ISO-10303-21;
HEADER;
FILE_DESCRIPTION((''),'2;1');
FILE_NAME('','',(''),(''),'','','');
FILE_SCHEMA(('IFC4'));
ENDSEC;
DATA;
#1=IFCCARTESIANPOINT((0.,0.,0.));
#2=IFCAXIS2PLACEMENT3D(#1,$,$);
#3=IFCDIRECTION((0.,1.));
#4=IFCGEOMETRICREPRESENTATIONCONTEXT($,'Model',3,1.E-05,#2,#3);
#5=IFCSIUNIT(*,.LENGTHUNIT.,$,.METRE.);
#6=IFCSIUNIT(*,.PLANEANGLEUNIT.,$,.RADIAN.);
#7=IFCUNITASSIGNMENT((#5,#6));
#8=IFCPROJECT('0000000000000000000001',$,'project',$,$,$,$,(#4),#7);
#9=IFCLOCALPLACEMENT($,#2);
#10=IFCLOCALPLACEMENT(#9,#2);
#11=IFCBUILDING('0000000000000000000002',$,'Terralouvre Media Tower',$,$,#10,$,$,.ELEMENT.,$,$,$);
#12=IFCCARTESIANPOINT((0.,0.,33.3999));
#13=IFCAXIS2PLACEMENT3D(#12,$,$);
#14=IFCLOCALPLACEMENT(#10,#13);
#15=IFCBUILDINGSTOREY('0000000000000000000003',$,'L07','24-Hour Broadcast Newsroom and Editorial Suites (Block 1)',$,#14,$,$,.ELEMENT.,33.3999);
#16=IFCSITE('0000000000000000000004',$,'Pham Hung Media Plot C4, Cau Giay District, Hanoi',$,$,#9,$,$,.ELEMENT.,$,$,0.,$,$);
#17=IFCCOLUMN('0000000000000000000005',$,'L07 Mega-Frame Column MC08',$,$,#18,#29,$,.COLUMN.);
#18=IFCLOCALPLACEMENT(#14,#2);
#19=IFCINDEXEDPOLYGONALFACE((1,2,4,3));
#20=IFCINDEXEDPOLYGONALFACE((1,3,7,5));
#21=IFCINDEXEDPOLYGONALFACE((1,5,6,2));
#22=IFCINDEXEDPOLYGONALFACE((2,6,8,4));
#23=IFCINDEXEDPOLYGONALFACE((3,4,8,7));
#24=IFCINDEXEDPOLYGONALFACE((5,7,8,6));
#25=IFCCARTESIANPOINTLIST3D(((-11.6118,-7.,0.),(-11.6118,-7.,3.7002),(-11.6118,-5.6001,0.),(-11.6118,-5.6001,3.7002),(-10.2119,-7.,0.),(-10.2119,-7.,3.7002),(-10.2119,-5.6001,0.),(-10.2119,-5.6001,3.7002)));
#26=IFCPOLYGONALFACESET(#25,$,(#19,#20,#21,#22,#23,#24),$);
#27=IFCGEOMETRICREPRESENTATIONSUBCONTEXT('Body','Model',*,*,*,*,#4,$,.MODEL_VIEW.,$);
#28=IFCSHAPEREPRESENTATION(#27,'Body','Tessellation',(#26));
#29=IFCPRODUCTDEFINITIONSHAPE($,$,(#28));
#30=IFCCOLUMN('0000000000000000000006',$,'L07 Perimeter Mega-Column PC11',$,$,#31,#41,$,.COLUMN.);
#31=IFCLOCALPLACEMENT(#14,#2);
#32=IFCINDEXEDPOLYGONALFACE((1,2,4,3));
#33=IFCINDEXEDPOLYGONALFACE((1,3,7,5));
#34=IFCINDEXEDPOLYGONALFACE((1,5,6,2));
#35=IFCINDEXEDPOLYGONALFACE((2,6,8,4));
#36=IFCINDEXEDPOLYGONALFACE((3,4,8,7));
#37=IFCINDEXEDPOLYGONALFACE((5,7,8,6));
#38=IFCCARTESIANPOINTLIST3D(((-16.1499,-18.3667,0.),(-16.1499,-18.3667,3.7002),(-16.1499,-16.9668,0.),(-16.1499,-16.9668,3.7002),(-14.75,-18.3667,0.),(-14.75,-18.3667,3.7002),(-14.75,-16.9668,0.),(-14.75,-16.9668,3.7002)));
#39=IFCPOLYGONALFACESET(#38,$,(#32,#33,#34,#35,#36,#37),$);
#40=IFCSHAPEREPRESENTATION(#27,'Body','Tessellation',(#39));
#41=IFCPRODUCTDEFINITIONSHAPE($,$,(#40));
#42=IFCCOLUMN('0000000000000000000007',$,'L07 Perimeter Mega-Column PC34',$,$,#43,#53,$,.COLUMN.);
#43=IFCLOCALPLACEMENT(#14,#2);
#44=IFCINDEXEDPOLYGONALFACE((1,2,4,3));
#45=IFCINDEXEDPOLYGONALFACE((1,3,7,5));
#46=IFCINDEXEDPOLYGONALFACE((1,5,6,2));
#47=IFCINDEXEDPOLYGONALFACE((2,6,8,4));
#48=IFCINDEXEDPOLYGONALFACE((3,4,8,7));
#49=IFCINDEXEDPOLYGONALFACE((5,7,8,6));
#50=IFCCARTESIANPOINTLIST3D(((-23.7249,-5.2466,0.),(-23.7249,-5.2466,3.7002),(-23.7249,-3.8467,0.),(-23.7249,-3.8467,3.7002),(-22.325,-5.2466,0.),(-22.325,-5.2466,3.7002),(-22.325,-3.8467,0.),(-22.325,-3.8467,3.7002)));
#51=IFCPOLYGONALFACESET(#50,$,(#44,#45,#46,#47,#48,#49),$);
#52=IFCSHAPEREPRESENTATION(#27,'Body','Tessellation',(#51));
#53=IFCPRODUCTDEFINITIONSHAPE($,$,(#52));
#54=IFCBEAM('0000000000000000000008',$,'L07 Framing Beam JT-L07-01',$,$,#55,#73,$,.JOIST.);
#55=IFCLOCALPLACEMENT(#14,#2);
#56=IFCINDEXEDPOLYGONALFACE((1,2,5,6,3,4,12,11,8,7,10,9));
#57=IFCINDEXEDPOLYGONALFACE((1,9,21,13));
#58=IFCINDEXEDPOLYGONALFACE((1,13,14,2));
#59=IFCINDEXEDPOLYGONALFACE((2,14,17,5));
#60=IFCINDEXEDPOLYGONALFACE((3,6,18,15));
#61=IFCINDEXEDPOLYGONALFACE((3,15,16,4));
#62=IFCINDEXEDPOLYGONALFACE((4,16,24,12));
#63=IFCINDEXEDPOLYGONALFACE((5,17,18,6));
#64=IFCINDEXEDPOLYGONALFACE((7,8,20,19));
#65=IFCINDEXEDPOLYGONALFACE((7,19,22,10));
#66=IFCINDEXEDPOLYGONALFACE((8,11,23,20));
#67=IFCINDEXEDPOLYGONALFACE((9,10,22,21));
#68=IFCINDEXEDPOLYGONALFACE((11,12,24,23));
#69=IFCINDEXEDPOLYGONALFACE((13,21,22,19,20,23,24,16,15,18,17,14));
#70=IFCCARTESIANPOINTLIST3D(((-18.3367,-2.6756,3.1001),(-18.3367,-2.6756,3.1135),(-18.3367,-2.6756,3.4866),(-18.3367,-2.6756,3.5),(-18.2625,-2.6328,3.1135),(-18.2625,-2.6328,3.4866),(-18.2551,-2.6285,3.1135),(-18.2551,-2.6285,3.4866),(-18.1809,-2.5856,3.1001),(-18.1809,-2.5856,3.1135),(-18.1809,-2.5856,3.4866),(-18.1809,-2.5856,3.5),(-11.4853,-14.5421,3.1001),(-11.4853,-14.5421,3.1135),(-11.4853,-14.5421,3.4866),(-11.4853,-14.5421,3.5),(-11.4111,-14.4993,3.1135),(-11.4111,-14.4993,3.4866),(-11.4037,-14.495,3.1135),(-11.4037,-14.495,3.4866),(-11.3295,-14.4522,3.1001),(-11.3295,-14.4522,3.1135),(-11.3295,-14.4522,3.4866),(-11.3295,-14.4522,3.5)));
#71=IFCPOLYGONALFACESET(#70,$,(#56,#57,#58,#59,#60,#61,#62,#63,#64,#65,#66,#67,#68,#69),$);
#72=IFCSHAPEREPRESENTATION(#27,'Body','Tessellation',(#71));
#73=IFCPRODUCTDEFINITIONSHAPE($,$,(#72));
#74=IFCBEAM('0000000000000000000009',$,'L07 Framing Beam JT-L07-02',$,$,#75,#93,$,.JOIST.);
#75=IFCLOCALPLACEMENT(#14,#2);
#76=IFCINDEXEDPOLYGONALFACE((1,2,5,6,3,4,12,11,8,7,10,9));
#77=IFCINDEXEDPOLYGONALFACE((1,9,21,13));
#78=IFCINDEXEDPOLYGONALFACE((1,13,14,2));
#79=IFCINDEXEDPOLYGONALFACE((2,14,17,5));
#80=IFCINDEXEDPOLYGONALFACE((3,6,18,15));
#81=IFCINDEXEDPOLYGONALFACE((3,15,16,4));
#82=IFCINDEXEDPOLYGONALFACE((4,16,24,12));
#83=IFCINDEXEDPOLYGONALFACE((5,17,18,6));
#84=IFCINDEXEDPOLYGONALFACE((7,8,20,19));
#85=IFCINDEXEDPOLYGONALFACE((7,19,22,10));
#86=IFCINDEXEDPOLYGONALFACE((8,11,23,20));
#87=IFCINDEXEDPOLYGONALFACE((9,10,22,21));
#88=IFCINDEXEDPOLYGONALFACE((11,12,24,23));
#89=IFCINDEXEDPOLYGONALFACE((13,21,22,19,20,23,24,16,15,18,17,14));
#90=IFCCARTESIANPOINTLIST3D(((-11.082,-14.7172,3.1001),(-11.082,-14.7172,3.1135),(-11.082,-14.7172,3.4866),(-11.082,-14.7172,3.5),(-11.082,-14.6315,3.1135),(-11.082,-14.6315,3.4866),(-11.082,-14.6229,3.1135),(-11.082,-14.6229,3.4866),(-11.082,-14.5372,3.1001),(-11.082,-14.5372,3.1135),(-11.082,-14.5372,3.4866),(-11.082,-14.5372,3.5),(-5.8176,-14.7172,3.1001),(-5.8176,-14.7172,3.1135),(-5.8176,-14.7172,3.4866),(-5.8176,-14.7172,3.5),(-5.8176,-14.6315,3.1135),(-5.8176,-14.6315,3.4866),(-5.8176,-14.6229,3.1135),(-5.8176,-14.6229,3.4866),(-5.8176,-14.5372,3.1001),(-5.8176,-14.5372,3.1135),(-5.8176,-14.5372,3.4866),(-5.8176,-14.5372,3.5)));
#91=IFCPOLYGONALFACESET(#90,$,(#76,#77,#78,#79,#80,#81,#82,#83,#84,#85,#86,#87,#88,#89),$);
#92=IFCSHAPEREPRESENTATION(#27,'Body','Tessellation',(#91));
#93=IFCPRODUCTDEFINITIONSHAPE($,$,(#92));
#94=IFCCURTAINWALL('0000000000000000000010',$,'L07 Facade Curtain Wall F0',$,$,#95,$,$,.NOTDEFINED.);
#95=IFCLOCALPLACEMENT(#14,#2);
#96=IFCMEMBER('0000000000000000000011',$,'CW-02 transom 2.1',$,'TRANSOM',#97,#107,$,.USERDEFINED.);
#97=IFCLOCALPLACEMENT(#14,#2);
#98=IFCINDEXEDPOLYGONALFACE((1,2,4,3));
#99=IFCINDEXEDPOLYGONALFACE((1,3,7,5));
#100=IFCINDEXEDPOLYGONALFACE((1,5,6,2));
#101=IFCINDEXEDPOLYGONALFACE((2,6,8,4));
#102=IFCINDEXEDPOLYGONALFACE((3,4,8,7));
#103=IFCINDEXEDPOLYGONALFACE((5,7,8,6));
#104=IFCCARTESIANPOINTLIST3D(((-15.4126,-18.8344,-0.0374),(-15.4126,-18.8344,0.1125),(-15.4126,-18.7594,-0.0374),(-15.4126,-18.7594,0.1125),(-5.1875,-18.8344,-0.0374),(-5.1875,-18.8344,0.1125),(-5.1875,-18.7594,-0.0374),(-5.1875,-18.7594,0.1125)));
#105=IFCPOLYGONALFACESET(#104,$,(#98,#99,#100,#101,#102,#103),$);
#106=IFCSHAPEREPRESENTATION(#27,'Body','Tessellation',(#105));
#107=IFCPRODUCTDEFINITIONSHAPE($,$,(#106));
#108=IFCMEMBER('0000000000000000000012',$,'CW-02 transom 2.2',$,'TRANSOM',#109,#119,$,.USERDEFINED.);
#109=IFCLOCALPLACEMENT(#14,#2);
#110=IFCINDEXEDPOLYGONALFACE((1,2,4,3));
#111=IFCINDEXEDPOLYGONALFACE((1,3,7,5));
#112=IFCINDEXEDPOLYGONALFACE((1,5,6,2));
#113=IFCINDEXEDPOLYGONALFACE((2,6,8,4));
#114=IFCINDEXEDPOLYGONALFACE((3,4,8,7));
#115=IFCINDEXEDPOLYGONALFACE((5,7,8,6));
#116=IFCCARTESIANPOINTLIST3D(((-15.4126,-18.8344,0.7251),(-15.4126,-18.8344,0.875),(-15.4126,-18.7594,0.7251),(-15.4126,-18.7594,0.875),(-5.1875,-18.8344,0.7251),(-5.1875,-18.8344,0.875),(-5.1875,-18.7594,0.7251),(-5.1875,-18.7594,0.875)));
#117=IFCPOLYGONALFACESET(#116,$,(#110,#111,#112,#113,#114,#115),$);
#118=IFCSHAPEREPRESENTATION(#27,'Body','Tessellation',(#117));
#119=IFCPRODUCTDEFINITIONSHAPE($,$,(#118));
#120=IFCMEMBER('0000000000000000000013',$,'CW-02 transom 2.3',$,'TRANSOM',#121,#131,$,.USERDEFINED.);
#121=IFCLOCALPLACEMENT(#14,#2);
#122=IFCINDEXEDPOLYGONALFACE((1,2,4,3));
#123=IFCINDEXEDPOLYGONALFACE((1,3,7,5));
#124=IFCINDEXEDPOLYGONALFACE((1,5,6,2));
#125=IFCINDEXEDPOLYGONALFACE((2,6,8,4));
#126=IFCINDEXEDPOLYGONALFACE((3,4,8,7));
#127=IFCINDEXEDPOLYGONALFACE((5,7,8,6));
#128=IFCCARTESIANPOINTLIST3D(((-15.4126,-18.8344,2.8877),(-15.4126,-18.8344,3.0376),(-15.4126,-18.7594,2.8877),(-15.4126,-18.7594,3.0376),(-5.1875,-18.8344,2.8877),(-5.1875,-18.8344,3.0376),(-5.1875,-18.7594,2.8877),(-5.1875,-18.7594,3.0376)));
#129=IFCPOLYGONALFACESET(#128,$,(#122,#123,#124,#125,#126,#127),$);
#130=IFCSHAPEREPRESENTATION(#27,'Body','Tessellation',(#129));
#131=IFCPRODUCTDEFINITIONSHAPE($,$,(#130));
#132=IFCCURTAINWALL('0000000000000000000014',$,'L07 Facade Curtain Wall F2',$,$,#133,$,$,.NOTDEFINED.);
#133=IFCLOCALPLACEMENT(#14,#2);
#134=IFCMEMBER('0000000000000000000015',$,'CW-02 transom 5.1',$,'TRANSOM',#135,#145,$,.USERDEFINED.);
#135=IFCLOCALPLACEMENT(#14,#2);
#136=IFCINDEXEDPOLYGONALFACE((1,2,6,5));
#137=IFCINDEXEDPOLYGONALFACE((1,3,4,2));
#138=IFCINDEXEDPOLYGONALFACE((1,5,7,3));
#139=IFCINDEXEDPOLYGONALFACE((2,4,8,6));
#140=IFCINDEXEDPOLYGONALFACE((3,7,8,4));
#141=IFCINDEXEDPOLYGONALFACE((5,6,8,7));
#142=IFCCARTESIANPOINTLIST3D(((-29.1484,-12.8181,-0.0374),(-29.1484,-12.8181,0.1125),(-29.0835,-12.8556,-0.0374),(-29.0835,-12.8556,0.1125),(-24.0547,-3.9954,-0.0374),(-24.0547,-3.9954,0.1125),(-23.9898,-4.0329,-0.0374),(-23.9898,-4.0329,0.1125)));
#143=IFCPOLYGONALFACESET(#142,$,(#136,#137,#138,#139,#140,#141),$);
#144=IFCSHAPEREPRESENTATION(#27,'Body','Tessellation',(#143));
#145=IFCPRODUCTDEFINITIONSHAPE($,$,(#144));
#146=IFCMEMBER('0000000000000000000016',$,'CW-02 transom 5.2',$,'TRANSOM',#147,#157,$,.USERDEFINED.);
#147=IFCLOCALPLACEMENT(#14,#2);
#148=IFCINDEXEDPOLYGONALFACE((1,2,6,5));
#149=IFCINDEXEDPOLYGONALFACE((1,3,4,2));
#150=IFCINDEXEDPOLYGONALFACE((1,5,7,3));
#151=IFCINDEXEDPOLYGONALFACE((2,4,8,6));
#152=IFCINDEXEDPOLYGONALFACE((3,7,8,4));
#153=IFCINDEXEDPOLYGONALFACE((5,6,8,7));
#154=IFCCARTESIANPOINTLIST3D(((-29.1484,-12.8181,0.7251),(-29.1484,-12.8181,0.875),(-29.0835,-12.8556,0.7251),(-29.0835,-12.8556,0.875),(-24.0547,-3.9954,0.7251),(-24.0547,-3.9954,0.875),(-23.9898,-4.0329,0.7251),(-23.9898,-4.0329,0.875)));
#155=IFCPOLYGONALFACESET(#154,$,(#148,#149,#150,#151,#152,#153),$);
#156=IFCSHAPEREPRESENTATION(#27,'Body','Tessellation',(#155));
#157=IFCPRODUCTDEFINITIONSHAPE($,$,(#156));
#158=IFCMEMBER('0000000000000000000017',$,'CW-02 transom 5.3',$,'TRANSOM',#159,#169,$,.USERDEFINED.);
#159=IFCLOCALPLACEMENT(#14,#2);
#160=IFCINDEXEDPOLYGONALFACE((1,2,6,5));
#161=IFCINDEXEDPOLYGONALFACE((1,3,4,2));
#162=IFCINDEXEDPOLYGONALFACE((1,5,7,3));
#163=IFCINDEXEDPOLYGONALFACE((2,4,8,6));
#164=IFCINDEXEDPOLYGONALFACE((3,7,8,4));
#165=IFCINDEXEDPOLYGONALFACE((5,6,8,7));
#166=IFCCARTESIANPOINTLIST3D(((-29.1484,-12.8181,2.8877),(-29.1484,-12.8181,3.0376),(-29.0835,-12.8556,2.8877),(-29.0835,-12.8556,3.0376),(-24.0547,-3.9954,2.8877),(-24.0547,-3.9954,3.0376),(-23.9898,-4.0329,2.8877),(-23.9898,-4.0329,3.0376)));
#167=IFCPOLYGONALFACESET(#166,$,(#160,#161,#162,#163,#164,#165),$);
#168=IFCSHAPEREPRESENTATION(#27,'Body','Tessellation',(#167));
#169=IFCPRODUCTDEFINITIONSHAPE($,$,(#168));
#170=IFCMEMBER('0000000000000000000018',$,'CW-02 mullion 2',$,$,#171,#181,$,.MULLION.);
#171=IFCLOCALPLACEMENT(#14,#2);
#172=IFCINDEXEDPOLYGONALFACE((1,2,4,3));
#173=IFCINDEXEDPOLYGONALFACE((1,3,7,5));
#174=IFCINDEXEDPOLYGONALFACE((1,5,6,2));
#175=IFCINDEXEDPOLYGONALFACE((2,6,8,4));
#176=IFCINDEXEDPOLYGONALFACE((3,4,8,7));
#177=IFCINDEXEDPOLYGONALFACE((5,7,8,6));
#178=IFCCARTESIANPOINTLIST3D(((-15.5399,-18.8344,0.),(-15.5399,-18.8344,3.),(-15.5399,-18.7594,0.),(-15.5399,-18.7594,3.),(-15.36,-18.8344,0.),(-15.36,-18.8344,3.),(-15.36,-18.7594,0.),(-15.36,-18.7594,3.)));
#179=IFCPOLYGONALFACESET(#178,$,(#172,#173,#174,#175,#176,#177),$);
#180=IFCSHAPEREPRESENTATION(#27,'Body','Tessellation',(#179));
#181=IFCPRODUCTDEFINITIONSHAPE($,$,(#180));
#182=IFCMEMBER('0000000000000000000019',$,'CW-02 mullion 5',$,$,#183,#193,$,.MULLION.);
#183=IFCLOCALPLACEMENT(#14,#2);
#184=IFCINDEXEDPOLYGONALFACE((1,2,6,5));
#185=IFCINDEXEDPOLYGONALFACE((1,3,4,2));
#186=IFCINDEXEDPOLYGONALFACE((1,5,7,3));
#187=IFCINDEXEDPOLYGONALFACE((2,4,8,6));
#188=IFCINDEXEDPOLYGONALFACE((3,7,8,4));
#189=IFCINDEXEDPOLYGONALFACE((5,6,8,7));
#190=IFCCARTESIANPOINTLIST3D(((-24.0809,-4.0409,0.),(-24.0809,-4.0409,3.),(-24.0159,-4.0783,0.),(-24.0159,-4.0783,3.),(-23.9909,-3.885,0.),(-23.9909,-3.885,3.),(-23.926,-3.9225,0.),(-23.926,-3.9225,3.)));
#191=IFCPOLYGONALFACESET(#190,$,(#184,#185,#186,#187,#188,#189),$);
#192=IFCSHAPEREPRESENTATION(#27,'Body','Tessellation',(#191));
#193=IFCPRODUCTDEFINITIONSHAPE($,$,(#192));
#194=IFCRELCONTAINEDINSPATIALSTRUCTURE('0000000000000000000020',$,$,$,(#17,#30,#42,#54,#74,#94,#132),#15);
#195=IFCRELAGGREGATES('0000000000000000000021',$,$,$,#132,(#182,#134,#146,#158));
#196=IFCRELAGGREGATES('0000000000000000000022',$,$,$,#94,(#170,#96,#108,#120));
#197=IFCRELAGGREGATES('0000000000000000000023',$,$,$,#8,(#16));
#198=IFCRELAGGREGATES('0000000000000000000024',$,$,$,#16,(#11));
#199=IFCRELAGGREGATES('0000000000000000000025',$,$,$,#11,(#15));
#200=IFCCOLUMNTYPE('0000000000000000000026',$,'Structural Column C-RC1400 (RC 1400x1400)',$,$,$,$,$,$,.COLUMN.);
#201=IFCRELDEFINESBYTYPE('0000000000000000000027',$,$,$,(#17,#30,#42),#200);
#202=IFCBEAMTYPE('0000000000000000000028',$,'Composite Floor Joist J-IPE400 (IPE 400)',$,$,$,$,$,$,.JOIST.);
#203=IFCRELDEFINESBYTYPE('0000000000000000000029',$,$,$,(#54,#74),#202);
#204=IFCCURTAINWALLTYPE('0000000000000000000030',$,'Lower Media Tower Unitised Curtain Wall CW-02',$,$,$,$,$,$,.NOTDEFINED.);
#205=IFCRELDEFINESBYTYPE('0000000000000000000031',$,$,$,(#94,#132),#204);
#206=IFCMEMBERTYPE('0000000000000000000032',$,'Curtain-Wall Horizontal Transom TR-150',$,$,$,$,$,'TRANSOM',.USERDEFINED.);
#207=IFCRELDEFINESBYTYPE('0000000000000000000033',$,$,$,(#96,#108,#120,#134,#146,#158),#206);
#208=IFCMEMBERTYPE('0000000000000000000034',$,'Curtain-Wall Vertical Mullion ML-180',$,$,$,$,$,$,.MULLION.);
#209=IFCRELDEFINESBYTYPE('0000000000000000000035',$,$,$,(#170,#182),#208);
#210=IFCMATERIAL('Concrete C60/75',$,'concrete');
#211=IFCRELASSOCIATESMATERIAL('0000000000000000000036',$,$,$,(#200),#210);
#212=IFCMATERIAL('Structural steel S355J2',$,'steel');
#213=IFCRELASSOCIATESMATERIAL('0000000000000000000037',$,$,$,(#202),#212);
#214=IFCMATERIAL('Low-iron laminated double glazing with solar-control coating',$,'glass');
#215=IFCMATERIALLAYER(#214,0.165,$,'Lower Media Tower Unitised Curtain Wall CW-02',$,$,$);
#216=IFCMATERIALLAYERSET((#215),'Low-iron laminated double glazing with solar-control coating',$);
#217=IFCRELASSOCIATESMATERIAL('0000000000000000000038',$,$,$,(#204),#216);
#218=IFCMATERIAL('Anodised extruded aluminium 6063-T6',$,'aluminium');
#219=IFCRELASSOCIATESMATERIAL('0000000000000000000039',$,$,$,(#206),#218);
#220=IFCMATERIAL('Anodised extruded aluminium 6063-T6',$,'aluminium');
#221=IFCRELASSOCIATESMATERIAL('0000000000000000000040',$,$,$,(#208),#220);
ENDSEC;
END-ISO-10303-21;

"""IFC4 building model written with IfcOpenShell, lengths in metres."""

from ifc_helpers import new_model, si_unit, direction, frame, origin, origin_2d, place, context, subcontext, project, spatial, rectangle, i_section, extrude, material, layer, layer_set, material_profile, profile_set, type_object, element, aggregate, save


model = new_model("IFC4")

# Units and contexts
model_context = context("Model", 3, precision=1e-05, world=origin(), true_north=direction((0.0, 1.0)))
body_context = subcontext(model_context, "Body", "Model", "MODEL_VIEW")
ifc_project = project(units=[si_unit("LENGTHUNIT", "METRE"), si_unit("PLANEANGLEUNIT", "RADIAN")], contexts=[model_context])

# Site, building, storey
site_placement = place(None, origin())
site = spatial("IfcSite", under=ifc_project, at=site_placement, Name="Pham Hung Media Plot C4, Cau Giay District, Hanoi", CompositionType="ELEMENT", RefElevation=0.0)
building_placement = place(site_placement, origin())
building = spatial("IfcBuilding", under=site, at=building_placement, Name="Terralouvre Media Tower", CompositionType="ELEMENT")
storey_placement = place(building_placement, frame((0.0, 0.0, 33.3999)))
storey = spatial("IfcBuildingStorey", under=building, at=storey_placement, Name="L07", Description="24-Hour Broadcast Newsroom and Editorial Suites (Block 1)", CompositionType="ELEMENT", Elevation=33.3999)

# Columns
ifc_material_1 = material(Name="Concrete C60/75", Category="concrete")
ifc_material_profile_1 = material_profile(ifc_material_1, rectangle(XDim=1.3999, YDim=1.3999, at=origin_2d()), Name="RC 1400x1400")
ifc_profile_set_1 = profile_set([ifc_material_profile_1], Name="Concrete C60/75")
column_type = type_object("IfcColumnType", Name="Structural Column C-RC1400 (RC 1400x1400)", PredefinedType="COLUMN", material=ifc_profile_set_1)
for number, where, z_axis, x_axis, name in (
    (1, (-10.9119, -6.3, 0.0), (0.0, 0.0, 1.0), (1.0, 0.0, 0.0), "L07 Mega-Frame Column MC08"),
    (2, (-15.45, -17.6667, 0.0), (0.0, 0.0, 1.0), (1.0, 0.0, 0.0), "L07 Perimeter Mega-Column PC11"),
    (3, (-23.0249, -4.5466, 0.0), (0.0, 0.0, 1.0), (1.0, 0.0, 0.0), "L07 Perimeter Mega-Column PC34"),
):
    element("IfcColumn", number, at=place(storey_placement, frame(where, z_axis=z_axis, x_axis=x_axis)), inside=storey, type_object=column_type, Name=name, PredefinedType="COLUMN", context=body_context, shape_type="SweptSolid", body=[
        extrude(rectangle(XDim=1.3999, YDim=1.3999, at=origin_2d()), origin(), (0.0, 0.0, 1.0), 3.7002),
    ])

# Beams
ifc_material_2 = material(Name="Structural steel S355J2", Category="steel")
ifc_material_profile_2 = material_profile(ifc_material_2, i_section(OverallWidth=0.1799, OverallDepth=0.3999, WebThickness=0.0085, FlangeThickness=0.0134, at=origin_2d()), Name="IPE 400")
ifc_profile_set_2 = profile_set([ifc_material_profile_2], Name="Structural steel S355J2")
beam_type_1 = type_object("IfcBeamType", Name="Composite Floor Joist J-IPE400 (IPE 400)", PredefinedType="JOIST", material=ifc_profile_set_2)
beam_1_placement = place(storey_placement, frame((-18.2588, -2.6306, 3.3), z_axis=(0.500012, -0.866019, 0.0), x_axis=(0.866019, 0.500012, 0.0)))
element("IfcBeam", 4, at=beam_1_placement, inside=storey, type_object=beam_type_1, Name="L07 Framing Beam JT-L07-01", PredefinedType="JOIST", context=body_context, shape_type="SweptSolid", body=[
    extrude(i_section(OverallWidth=0.1799, OverallDepth=0.3999, WebThickness=0.0085, FlangeThickness=0.0134, at=origin_2d()), origin(), (0.0, 0.0, 1.0), 13.7024),
])
beam_2_placement = place(storey_placement, frame((-11.082, -14.6272, 3.3), z_axis=(1.0, 0.0, 0.0), x_axis=(0.0, 1.0, 0.0)))
element("IfcBeam", 5, at=beam_2_placement, inside=storey, type_object=beam_type_1, Name="L07 Framing Beam JT-L07-02", PredefinedType="JOIST", context=body_context, shape_type="SweptSolid", body=[
    extrude(i_section(OverallWidth=0.1799, OverallDepth=0.3999, WebThickness=0.0085, FlangeThickness=0.0134, at=origin_2d()), origin(), (0.0, 0.0, 1.0), 5.2644),
])

# Curtain walls, members
ifc_material_3 = material(Name="Low-iron laminated double glazing with solar-control coating", Category="glass")
ifc_layer_1 = layer(ifc_material_3, 0.165, Name="Lower Media Tower Unitised Curtain Wall CW-02")
ifc_layer_set_1 = layer_set([ifc_layer_1], Name="Low-iron laminated double glazing with solar-control coating")
curtain_wall_type = type_object("IfcCurtainWallType", Name="Lower Media Tower Unitised Curtain Wall CW-02", PredefinedType="NOTDEFINED", material=ifc_layer_set_1)
curtain_wall_1_placement = place(storey_placement, origin())
curtain_wall_1 = element("IfcCurtainWall", 6, at=curtain_wall_1_placement, inside=storey, type_object=curtain_wall_type, Name="L07 Facade Curtain Wall F0", PredefinedType="NOTDEFINED")
ifc_material_4 = material(Name="Anodised extruded aluminium 6063-T6", Category="aluminium")
ifc_material_profile_3 = material_profile(ifc_material_4, rectangle(XDim=0.075, YDim=0.1499, at=origin_2d()), Name="ALU 75x150")
ifc_profile_set_3 = profile_set([ifc_material_profile_3], Name="Anodised extruded aluminium 6063-T6")
member_type_1 = type_object("IfcMemberType", Name="Curtain-Wall Horizontal Transom TR-150", ElementType="TRANSOM", PredefinedType="USERDEFINED", material=ifc_profile_set_3)
member_1_placement = place(storey_placement, frame((-15.4126, -18.7969, 0.0376), z_axis=(1.0, 0.0, 0.0), x_axis=(0.0, 1.0, 0.0)))
member_1 = element("IfcMember", 7, at=member_1_placement, type_object=member_type_1, Name="CW-02 transom 2.1", ObjectType="TRANSOM", PredefinedType="USERDEFINED", context=body_context, shape_type="SweptSolid", body=[
    extrude(rectangle(XDim=0.075, YDim=0.1499, at=origin_2d()), origin(), (0.0, 0.0, 1.0), 10.2251),
])
member_2_placement = place(storey_placement, frame((-15.4126, -18.7969, 0.8), z_axis=(1.0, 0.0, 0.0), x_axis=(0.0, 1.0, 0.0)))
member_2 = element("IfcMember", 8, at=member_2_placement, type_object=member_type_1, Name="CW-02 transom 2.2", ObjectType="TRANSOM", PredefinedType="USERDEFINED", context=body_context, shape_type="SweptSolid", body=[
    extrude(rectangle(XDim=0.075, YDim=0.1499, at=origin_2d()), origin(), (0.0, 0.0, 1.0), 10.2251),
])
member_3_placement = place(storey_placement, frame((-15.4126, -18.7969, 2.9626), z_axis=(1.0, 0.0, 0.0), x_axis=(0.0, 1.0, 0.0)))
member_3 = element("IfcMember", 9, at=member_3_placement, type_object=member_type_1, Name="CW-02 transom 2.3", ObjectType="TRANSOM", PredefinedType="USERDEFINED", context=body_context, shape_type="SweptSolid", body=[
    extrude(rectangle(XDim=0.075, YDim=0.1499, at=origin_2d()), origin(), (0.0, 0.0, 1.0), 10.2251),
])
curtain_wall_2_placement = place(storey_placement, origin())
curtain_wall_2 = element("IfcCurtainWall", 10, at=curtain_wall_2_placement, inside=storey, type_object=curtain_wall_type, Name="L07 Facade Curtain Wall F2", PredefinedType="NOTDEFINED")
member_4_placement = place(storey_placement, frame((-24.0222, -4.0142, 0.0376), z_axis=(-0.499995, -0.866028, 0.0), x_axis=(0.866028, -0.499995, 0.0)))
member_4 = element("IfcMember", 11, at=member_4_placement, type_object=member_type_1, Name="CW-02 transom 5.1", ObjectType="TRANSOM", PredefinedType="USERDEFINED", context=body_context, shape_type="SweptSolid", body=[
    extrude(rectangle(XDim=0.075, YDim=0.1499, at=origin_2d()), origin(), (0.0, 0.0, 1.0), 10.1875),
])
member_5_placement = place(storey_placement, frame((-24.0222, -4.0142, 0.8), z_axis=(-0.499995, -0.866028, 0.0), x_axis=(0.866028, -0.499995, 0.0)))
member_5 = element("IfcMember", 12, at=member_5_placement, type_object=member_type_1, Name="CW-02 transom 5.2", ObjectType="TRANSOM", PredefinedType="USERDEFINED", context=body_context, shape_type="SweptSolid", body=[
    extrude(rectangle(XDim=0.075, YDim=0.1499, at=origin_2d()), origin(), (0.0, 0.0, 1.0), 10.1875),
])
member_6_placement = place(storey_placement, frame((-24.0222, -4.0142, 2.9626), z_axis=(-0.499995, -0.866028, 0.0), x_axis=(0.866028, -0.499995, 0.0)))
member_6 = element("IfcMember", 13, at=member_6_placement, type_object=member_type_1, Name="CW-02 transom 5.3", ObjectType="TRANSOM", PredefinedType="USERDEFINED", context=body_context, shape_type="SweptSolid", body=[
    extrude(rectangle(XDim=0.075, YDim=0.1499, at=origin_2d()), origin(), (0.0, 0.0, 1.0), 10.1875),
])

# Members
ifc_material_5 = material(Name="Anodised extruded aluminium 6063-T6", Category="aluminium")
ifc_material_profile_4 = material_profile(ifc_material_5, rectangle(XDim=0.075, YDim=0.1799, at=origin_2d()), Name="ALU 75x180")
ifc_profile_set_4 = profile_set([ifc_material_profile_4], Name="Anodised extruded aluminium 6063-T6")
member_type_2 = type_object("IfcMemberType", Name="Curtain-Wall Vertical Mullion ML-180", PredefinedType="MULLION", material=ifc_profile_set_4)
member_7_placement = place(storey_placement, frame((-15.45, -18.7969, 0.0), z_axis=(0.0, 0.0, 1.0), x_axis=(0.0, 1.0, 0.0)))
member_7 = element("IfcMember", 14, at=member_7_placement, type_object=member_type_2, Name="CW-02 mullion 2", PredefinedType="MULLION", context=body_context, shape_type="SweptSolid", body=[
    extrude(rectangle(XDim=0.075, YDim=0.1799, at=origin_2d()), origin(), (0.0, 0.0, 1.0), 3.0),
])
member_8_placement = place(storey_placement, frame((-24.0034, -3.9817, 0.0), z_axis=(0.0, 0.0, 1.0), x_axis=(0.866025, -0.5, 0.0)))
member_8 = element("IfcMember", 15, at=member_8_placement, type_object=member_type_2, Name="CW-02 mullion 5", PredefinedType="MULLION", context=body_context, shape_type="SweptSolid", body=[
    extrude(rectangle(XDim=0.075, YDim=0.1799, at=origin_2d()), origin(), (0.0, 0.0, 1.0), 3.0),
])
aggregate(curtain_wall_2, [member_8, member_4, member_5, member_6])

aggregate(curtain_wall_1, [member_7, member_1, member_2, member_3])

save(model, "model.ifc")
